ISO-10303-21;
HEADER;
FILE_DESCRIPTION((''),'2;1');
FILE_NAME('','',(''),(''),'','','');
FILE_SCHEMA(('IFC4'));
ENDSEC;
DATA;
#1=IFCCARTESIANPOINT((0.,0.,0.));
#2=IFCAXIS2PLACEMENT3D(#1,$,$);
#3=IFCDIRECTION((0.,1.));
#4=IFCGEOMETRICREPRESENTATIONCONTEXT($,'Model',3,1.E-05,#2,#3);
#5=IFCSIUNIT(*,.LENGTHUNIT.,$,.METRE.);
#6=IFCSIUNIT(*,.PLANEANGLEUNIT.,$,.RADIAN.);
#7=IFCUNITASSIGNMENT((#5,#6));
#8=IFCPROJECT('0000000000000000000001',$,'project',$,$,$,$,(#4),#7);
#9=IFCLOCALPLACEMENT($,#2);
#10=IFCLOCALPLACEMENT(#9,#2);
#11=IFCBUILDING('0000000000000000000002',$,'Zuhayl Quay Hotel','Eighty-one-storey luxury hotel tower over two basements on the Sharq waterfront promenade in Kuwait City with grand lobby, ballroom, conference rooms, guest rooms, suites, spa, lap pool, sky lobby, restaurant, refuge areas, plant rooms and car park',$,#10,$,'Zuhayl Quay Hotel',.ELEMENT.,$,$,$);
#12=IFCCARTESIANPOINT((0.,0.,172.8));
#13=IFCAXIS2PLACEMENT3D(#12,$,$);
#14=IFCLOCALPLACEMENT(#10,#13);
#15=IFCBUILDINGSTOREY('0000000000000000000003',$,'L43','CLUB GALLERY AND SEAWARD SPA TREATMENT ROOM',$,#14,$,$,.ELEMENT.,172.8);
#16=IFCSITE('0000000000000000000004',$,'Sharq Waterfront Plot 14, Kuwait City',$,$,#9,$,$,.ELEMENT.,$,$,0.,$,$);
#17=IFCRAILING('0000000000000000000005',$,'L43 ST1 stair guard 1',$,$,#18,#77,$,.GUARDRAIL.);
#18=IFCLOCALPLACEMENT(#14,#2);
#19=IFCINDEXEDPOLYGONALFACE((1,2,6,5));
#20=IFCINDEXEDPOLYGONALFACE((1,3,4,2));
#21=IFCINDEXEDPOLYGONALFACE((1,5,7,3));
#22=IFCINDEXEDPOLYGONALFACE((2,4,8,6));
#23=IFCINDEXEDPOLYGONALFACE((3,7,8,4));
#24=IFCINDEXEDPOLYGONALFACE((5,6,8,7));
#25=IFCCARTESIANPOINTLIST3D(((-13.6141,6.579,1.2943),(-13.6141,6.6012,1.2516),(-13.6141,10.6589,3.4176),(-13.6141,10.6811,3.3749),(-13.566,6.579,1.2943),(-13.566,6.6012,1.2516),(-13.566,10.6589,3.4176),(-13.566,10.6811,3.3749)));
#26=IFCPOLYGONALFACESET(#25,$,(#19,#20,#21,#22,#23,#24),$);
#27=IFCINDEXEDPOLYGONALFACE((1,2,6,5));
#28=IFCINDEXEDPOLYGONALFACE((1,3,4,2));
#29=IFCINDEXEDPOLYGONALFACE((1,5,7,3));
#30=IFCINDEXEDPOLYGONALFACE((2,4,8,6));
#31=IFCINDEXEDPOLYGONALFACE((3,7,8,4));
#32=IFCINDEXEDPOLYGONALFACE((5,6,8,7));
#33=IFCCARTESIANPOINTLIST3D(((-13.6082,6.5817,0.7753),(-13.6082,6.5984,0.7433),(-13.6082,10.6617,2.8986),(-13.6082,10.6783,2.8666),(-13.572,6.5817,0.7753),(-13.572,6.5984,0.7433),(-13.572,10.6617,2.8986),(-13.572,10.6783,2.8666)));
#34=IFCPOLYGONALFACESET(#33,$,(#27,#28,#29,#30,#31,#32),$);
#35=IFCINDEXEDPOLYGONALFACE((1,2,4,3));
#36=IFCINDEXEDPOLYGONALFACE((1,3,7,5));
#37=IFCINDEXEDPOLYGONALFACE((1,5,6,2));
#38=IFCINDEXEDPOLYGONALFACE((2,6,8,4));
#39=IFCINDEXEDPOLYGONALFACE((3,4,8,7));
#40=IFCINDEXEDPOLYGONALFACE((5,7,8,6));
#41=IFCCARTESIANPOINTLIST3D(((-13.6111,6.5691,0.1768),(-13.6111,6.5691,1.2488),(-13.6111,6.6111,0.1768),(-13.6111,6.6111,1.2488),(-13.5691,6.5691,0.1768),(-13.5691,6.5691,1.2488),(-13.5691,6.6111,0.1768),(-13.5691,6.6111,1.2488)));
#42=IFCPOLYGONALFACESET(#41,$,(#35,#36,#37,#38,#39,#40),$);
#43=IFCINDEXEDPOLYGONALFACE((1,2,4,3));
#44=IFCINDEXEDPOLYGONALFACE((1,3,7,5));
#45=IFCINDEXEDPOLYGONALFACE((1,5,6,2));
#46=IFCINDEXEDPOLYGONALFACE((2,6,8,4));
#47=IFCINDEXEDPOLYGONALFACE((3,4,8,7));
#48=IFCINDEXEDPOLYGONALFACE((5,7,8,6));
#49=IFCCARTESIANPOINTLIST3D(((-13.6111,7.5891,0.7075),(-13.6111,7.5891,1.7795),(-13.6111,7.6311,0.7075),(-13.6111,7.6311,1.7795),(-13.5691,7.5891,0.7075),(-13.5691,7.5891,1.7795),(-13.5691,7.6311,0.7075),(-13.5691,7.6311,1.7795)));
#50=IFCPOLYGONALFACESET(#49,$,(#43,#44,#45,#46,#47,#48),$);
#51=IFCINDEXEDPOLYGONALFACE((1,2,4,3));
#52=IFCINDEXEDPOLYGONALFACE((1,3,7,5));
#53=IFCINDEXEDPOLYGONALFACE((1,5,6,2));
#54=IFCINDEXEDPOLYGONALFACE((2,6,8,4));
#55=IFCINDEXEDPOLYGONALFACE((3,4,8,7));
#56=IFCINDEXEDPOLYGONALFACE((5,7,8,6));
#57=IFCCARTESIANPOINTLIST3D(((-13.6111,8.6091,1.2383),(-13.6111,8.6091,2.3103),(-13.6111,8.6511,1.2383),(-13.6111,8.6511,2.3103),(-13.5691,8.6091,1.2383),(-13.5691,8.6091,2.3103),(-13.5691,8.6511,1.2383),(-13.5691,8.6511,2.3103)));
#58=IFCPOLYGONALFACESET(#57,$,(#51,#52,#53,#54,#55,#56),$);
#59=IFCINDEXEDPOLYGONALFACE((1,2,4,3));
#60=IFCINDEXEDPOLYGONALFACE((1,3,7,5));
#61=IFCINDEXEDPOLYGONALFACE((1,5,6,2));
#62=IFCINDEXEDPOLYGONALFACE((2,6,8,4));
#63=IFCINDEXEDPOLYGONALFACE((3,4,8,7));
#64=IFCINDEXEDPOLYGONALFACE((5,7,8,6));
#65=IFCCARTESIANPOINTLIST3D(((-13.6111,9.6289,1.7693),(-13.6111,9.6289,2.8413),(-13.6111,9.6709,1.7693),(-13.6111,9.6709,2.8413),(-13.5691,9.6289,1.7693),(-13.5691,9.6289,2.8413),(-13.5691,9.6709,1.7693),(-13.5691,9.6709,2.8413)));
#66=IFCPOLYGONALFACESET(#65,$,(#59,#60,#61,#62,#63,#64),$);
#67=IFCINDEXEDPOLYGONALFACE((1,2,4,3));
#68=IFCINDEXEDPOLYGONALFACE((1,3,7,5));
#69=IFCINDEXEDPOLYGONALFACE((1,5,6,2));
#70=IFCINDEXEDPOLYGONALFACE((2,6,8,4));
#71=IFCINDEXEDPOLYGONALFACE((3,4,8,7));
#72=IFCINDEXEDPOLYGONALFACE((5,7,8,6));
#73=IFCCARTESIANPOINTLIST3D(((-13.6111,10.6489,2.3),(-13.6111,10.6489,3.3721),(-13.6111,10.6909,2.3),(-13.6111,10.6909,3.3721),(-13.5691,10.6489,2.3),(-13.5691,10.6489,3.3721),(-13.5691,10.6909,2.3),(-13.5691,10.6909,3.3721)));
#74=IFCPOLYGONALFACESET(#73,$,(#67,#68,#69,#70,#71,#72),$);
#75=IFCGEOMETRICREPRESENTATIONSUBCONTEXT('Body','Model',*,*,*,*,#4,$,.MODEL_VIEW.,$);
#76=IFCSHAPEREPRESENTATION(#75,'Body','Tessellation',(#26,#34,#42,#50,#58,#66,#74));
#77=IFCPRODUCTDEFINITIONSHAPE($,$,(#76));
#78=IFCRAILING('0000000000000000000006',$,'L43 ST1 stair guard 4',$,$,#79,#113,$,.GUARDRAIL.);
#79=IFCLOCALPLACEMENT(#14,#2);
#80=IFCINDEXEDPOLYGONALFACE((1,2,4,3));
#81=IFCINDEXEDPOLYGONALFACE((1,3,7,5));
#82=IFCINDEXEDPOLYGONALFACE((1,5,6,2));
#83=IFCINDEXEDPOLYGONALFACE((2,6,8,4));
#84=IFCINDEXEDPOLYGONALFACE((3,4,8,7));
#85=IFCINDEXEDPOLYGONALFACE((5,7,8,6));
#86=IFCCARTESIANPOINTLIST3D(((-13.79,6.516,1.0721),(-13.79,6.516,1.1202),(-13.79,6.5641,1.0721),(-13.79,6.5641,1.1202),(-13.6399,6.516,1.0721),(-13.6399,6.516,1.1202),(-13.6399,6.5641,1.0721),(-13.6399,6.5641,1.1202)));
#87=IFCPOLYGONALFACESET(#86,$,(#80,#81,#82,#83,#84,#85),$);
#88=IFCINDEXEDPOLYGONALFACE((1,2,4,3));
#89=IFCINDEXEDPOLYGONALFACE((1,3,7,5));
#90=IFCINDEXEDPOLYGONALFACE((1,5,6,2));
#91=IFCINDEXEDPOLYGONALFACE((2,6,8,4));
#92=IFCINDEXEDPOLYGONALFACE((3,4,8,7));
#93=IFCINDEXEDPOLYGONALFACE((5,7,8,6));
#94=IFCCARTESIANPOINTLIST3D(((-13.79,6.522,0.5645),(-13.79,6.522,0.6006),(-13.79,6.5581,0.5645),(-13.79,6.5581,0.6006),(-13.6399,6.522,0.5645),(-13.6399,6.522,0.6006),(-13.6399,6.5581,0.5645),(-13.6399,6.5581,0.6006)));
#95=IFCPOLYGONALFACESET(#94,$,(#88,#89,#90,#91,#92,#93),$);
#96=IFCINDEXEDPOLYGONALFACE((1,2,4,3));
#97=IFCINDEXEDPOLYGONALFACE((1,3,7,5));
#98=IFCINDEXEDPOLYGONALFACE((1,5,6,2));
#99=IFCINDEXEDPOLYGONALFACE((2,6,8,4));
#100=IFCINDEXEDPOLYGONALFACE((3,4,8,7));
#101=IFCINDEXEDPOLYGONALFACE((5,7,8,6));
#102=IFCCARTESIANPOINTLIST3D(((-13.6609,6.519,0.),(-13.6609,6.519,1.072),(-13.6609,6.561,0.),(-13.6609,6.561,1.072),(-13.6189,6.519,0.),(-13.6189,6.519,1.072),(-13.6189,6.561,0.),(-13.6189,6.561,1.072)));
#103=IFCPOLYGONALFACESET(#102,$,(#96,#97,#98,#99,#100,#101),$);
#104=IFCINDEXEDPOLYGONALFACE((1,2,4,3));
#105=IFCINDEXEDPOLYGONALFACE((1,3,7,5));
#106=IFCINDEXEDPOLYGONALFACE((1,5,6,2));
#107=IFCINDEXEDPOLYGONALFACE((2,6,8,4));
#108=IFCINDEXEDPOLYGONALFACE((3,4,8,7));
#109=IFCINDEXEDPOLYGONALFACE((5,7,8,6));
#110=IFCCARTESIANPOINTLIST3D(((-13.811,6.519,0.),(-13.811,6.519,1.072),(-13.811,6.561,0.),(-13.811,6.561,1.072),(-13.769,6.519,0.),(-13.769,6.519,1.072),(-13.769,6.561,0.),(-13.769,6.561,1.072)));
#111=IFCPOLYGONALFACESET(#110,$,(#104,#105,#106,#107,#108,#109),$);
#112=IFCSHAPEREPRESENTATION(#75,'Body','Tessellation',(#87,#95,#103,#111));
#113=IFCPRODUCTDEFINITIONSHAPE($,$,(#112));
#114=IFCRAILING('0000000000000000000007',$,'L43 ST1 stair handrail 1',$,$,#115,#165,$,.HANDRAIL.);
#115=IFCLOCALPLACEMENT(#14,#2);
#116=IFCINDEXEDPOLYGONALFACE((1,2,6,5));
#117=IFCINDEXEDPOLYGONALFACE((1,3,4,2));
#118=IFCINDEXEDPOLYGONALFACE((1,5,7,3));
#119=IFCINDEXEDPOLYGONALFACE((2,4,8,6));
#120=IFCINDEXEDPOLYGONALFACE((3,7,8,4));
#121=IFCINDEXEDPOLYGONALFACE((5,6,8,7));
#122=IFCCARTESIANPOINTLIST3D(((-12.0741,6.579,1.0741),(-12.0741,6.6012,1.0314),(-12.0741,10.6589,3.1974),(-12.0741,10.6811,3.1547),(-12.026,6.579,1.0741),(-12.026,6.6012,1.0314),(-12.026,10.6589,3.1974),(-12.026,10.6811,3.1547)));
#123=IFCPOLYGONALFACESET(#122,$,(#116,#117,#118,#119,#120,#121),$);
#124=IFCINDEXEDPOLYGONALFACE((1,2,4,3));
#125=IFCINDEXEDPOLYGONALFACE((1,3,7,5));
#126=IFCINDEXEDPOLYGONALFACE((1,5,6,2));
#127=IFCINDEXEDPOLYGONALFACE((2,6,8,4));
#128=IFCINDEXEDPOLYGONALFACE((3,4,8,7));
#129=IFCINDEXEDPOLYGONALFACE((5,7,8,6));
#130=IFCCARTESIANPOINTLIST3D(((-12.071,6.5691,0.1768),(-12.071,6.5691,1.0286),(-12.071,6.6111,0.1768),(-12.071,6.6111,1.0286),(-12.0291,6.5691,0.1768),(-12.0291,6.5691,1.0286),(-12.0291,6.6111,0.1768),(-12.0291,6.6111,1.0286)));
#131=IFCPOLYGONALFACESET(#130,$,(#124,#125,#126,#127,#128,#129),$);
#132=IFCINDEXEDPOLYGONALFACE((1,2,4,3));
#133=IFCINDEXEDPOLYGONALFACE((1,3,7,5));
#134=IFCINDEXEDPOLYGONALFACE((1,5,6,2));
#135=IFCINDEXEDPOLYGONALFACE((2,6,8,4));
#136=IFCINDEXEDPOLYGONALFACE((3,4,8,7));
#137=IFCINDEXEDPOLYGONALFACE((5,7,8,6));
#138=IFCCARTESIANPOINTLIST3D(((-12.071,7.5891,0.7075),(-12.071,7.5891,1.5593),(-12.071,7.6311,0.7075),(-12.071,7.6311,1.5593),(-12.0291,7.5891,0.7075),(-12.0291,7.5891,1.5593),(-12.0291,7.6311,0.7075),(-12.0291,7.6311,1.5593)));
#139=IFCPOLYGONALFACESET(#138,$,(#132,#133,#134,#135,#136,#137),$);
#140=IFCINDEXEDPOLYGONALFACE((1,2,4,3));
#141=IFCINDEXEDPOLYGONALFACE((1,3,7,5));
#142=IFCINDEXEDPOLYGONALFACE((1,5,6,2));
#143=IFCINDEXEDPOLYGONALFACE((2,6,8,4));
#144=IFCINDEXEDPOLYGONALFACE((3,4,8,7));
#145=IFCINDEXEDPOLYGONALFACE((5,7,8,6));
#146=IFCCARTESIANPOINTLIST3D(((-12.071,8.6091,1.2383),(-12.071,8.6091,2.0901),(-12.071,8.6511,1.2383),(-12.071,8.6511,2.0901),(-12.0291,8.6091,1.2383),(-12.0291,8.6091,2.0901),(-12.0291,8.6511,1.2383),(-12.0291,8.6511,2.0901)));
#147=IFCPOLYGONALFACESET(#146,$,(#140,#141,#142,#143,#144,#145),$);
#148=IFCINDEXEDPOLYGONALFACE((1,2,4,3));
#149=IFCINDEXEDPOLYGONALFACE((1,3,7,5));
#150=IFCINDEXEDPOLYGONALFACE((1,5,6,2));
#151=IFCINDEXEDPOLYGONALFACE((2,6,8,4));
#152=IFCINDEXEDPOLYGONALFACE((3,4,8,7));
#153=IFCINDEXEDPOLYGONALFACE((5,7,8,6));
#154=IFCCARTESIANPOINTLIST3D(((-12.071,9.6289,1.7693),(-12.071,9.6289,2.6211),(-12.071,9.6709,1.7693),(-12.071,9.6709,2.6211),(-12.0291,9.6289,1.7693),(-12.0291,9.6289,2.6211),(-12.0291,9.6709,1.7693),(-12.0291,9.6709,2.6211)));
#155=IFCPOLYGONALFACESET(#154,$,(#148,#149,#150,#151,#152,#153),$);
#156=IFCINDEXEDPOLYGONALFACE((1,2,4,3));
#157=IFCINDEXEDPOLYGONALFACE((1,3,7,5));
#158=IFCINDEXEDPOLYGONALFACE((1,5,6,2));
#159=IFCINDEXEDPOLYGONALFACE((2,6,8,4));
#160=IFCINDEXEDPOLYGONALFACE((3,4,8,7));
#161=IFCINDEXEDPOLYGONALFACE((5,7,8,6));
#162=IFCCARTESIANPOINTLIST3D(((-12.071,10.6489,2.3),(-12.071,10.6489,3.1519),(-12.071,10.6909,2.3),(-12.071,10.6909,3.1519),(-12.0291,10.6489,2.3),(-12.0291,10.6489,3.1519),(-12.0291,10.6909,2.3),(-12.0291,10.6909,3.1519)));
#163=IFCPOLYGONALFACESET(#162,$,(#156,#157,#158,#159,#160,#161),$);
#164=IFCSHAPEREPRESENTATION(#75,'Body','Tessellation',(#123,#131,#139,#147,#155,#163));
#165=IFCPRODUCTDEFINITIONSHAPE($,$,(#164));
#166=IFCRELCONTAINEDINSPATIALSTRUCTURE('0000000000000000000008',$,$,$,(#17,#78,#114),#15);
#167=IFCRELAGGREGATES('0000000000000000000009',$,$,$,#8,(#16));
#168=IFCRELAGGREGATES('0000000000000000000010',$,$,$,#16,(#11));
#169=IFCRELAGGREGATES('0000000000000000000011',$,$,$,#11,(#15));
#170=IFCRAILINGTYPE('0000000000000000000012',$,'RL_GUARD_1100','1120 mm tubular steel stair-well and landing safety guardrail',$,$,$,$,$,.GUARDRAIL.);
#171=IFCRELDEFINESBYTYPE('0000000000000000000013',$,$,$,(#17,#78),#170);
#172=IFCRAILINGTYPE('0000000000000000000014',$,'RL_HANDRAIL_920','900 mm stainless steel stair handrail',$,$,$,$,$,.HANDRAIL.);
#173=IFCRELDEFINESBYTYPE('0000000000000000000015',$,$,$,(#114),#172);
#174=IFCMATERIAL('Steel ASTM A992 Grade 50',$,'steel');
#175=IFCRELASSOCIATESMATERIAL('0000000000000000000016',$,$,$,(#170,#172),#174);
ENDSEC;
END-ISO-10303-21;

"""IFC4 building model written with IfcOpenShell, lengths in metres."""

from ifc_helpers import new_model, si_unit, direction, frame, origin, origin_2d, place, context, subcontext, project, spatial, rectangle, extrude, material, type_object, element, save


model = new_model("IFC4")

# Units and contexts
model_context = context("Model", 3, precision=1e-05, world=origin(), true_north=direction((0.0, 1.0)))
body_context = subcontext(model_context, "Body", "Model", "MODEL_VIEW")
ifc_project = project(units=[si_unit("LENGTHUNIT", "METRE"), si_unit("PLANEANGLEUNIT", "RADIAN")], contexts=[model_context])

# Site, building, storey
site_placement = place(None, origin())
site = spatial("IfcSite", under=ifc_project, at=site_placement, Name="Sharq Waterfront Plot 14, Kuwait City", CompositionType="ELEMENT", RefElevation=0.0)
building_placement = place(site_placement, origin())
building = spatial("IfcBuilding", under=site, at=building_placement, Name="Zuhayl Quay Hotel", Description="Eighty-one-storey luxury hotel tower over two basements on the Sharq waterfront promenade in Kuwait City with grand lobby, ballroom, conference rooms, guest rooms, suites, spa, lap pool, sky lobby, restaurant, refuge areas, plant rooms and car park", LongName="Zuhayl Quay Hotel", CompositionType="ELEMENT")
storey_placement = place(building_placement, frame((0.0, 0.0, 172.8)))
storey = spatial("IfcBuildingStorey", under=building, at=storey_placement, Name="L43", Description="CLUB GALLERY AND SEAWARD SPA TREATMENT ROOM", CompositionType="ELEMENT", Elevation=172.8)

# Shared definitions
ifc_material_1 = material(Name="Steel ASTM A992 Grade 50", Category="steel")

# Railings
railing_type_1 = type_object("IfcRailingType", Name="RL_GUARD_1100", Description="1120 mm tubular steel stair-well and landing safety guardrail", PredefinedType="GUARDRAIL", material=ifc_material_1)
railing_1_placement = place(storey_placement, frame((-13.5901, 6.5901, 0.1768)))
element("IfcRailing", 1, at=railing_1_placement, inside=storey, type_object=railing_type_1, Name="L43 ST1 stair guard 1", PredefinedType="GUARDRAIL", context=body_context, shape_type="SweptSolid", body=[
    extrude(rectangle(XDim=0.0481, YDim=0.0481, at=origin_2d()), frame((0.0, 0.0, 1.0962), z_axis=(0.0, 0.887059, 0.461657), x_axis=(-1.0, 0.0, 0.0)), (0.0, 0.0, 1.0), 4.5994),
    extrude(rectangle(XDim=0.0361, YDim=0.0361, at=origin_2d()), frame((0.0, 0.0, 0.5825), z_axis=(0.0, 0.887059, 0.461657), x_axis=(-1.0, 0.0, 0.0)), (0.0, 0.0, 1.0), 4.5994),
    extrude(rectangle(XDim=0.042, YDim=0.042, at=origin_2d()), origin(), (0.0, 0.0, 1.0), 1.072),
    extrude(rectangle(XDim=0.042, YDim=0.042, at=origin_2d()), frame((0.0, 1.02, 0.5308)), (0.0, 0.0, 1.0), 1.072),
    extrude(rectangle(XDim=0.042, YDim=0.042, at=origin_2d()), frame((0.0, 2.04, 1.0615)), (0.0, 0.0, 1.0), 1.072),
    extrude(rectangle(XDim=0.042, YDim=0.042, at=origin_2d()), frame((0.0, 3.0598, 1.5925)), (0.0, 0.0, 1.0), 1.072),
    extrude(rectangle(XDim=0.042, YDim=0.042, at=origin_2d()), frame((0.0, 4.0798, 2.1233)), (0.0, 0.0, 1.0), 1.072),
])
railing_2_placement = place(storey_placement, frame((-13.6399, 6.54, 0.0)))
element("IfcRailing", 2, at=railing_2_placement, inside=storey, type_object=railing_type_1, Name="L43 ST1 stair guard 4", PredefinedType="GUARDRAIL", context=body_context, shape_type="SweptSolid", body=[
    extrude(rectangle(XDim=0.0481, YDim=0.0481, at=origin_2d()), frame((0.0, 0.0, 1.0962), z_axis=(-1.0, 0.0, 0.0), x_axis=(0.0, -1.0, 0.0)), (0.0, 0.0, 1.0), 0.1501),
    extrude(rectangle(XDim=0.0361, YDim=0.0361, at=origin_2d()), frame((0.0, 0.0, 0.5825), z_axis=(-1.0, 0.0, 0.0), x_axis=(0.0, -1.0, 0.0)), (0.0, 0.0, 1.0), 0.1501),
    extrude(rectangle(XDim=0.042, YDim=0.042, at=origin_2d()), origin(), (0.0, 0.0, 1.0), 1.072),
    extrude(rectangle(XDim=0.042, YDim=0.042, at=origin_2d()), frame((-0.1501, 0.0, 0.0)), (0.0, 0.0, 1.0), 1.072),
])
railing_type_2 = type_object("IfcRailingType", Name="RL_HANDRAIL_920", Description="900 mm stainless steel stair handrail", PredefinedType="HANDRAIL", material=ifc_material_1)
railing_3_placement = place(storey_placement, frame((-12.05, 6.5901, 0.1768)))
element("IfcRailing", 3, at=railing_3_placement, inside=storey, type_object=railing_type_2, Name="L43 ST1 stair handrail 1", PredefinedType="HANDRAIL", context=body_context, shape_type="SweptSolid", body=[
    extrude(rectangle(XDim=0.0481, YDim=0.0481, at=origin_2d()), frame((0.0, 0.0, 0.876), z_axis=(0.0, 0.887059, 0.461657), x_axis=(-1.0, 0.0, 0.0)), (0.0, 0.0, 1.0), 4.5994),
    extrude(rectangle(XDim=0.042, YDim=0.042, at=origin_2d()), origin(), (0.0, 0.0, 1.0), 0.8518),
    extrude(rectangle(XDim=0.042, YDim=0.042, at=origin_2d()), frame((0.0, 1.02, 0.5308)), (0.0, 0.0, 1.0), 0.8518),
    extrude(rectangle(XDim=0.042, YDim=0.042, at=origin_2d()), frame((0.0, 2.04, 1.0615)), (0.0, 0.0, 1.0), 0.8518),
    extrude(rectangle(XDim=0.042, YDim=0.042, at=origin_2d()), frame((0.0, 3.0598, 1.5925)), (0.0, 0.0, 1.0), 0.8518),
    extrude(rectangle(XDim=0.042, YDim=0.042, at=origin_2d()), frame((0.0, 4.0798, 2.1233)), (0.0, 0.0, 1.0), 0.8518),
])

save(model, "model.ifc")
